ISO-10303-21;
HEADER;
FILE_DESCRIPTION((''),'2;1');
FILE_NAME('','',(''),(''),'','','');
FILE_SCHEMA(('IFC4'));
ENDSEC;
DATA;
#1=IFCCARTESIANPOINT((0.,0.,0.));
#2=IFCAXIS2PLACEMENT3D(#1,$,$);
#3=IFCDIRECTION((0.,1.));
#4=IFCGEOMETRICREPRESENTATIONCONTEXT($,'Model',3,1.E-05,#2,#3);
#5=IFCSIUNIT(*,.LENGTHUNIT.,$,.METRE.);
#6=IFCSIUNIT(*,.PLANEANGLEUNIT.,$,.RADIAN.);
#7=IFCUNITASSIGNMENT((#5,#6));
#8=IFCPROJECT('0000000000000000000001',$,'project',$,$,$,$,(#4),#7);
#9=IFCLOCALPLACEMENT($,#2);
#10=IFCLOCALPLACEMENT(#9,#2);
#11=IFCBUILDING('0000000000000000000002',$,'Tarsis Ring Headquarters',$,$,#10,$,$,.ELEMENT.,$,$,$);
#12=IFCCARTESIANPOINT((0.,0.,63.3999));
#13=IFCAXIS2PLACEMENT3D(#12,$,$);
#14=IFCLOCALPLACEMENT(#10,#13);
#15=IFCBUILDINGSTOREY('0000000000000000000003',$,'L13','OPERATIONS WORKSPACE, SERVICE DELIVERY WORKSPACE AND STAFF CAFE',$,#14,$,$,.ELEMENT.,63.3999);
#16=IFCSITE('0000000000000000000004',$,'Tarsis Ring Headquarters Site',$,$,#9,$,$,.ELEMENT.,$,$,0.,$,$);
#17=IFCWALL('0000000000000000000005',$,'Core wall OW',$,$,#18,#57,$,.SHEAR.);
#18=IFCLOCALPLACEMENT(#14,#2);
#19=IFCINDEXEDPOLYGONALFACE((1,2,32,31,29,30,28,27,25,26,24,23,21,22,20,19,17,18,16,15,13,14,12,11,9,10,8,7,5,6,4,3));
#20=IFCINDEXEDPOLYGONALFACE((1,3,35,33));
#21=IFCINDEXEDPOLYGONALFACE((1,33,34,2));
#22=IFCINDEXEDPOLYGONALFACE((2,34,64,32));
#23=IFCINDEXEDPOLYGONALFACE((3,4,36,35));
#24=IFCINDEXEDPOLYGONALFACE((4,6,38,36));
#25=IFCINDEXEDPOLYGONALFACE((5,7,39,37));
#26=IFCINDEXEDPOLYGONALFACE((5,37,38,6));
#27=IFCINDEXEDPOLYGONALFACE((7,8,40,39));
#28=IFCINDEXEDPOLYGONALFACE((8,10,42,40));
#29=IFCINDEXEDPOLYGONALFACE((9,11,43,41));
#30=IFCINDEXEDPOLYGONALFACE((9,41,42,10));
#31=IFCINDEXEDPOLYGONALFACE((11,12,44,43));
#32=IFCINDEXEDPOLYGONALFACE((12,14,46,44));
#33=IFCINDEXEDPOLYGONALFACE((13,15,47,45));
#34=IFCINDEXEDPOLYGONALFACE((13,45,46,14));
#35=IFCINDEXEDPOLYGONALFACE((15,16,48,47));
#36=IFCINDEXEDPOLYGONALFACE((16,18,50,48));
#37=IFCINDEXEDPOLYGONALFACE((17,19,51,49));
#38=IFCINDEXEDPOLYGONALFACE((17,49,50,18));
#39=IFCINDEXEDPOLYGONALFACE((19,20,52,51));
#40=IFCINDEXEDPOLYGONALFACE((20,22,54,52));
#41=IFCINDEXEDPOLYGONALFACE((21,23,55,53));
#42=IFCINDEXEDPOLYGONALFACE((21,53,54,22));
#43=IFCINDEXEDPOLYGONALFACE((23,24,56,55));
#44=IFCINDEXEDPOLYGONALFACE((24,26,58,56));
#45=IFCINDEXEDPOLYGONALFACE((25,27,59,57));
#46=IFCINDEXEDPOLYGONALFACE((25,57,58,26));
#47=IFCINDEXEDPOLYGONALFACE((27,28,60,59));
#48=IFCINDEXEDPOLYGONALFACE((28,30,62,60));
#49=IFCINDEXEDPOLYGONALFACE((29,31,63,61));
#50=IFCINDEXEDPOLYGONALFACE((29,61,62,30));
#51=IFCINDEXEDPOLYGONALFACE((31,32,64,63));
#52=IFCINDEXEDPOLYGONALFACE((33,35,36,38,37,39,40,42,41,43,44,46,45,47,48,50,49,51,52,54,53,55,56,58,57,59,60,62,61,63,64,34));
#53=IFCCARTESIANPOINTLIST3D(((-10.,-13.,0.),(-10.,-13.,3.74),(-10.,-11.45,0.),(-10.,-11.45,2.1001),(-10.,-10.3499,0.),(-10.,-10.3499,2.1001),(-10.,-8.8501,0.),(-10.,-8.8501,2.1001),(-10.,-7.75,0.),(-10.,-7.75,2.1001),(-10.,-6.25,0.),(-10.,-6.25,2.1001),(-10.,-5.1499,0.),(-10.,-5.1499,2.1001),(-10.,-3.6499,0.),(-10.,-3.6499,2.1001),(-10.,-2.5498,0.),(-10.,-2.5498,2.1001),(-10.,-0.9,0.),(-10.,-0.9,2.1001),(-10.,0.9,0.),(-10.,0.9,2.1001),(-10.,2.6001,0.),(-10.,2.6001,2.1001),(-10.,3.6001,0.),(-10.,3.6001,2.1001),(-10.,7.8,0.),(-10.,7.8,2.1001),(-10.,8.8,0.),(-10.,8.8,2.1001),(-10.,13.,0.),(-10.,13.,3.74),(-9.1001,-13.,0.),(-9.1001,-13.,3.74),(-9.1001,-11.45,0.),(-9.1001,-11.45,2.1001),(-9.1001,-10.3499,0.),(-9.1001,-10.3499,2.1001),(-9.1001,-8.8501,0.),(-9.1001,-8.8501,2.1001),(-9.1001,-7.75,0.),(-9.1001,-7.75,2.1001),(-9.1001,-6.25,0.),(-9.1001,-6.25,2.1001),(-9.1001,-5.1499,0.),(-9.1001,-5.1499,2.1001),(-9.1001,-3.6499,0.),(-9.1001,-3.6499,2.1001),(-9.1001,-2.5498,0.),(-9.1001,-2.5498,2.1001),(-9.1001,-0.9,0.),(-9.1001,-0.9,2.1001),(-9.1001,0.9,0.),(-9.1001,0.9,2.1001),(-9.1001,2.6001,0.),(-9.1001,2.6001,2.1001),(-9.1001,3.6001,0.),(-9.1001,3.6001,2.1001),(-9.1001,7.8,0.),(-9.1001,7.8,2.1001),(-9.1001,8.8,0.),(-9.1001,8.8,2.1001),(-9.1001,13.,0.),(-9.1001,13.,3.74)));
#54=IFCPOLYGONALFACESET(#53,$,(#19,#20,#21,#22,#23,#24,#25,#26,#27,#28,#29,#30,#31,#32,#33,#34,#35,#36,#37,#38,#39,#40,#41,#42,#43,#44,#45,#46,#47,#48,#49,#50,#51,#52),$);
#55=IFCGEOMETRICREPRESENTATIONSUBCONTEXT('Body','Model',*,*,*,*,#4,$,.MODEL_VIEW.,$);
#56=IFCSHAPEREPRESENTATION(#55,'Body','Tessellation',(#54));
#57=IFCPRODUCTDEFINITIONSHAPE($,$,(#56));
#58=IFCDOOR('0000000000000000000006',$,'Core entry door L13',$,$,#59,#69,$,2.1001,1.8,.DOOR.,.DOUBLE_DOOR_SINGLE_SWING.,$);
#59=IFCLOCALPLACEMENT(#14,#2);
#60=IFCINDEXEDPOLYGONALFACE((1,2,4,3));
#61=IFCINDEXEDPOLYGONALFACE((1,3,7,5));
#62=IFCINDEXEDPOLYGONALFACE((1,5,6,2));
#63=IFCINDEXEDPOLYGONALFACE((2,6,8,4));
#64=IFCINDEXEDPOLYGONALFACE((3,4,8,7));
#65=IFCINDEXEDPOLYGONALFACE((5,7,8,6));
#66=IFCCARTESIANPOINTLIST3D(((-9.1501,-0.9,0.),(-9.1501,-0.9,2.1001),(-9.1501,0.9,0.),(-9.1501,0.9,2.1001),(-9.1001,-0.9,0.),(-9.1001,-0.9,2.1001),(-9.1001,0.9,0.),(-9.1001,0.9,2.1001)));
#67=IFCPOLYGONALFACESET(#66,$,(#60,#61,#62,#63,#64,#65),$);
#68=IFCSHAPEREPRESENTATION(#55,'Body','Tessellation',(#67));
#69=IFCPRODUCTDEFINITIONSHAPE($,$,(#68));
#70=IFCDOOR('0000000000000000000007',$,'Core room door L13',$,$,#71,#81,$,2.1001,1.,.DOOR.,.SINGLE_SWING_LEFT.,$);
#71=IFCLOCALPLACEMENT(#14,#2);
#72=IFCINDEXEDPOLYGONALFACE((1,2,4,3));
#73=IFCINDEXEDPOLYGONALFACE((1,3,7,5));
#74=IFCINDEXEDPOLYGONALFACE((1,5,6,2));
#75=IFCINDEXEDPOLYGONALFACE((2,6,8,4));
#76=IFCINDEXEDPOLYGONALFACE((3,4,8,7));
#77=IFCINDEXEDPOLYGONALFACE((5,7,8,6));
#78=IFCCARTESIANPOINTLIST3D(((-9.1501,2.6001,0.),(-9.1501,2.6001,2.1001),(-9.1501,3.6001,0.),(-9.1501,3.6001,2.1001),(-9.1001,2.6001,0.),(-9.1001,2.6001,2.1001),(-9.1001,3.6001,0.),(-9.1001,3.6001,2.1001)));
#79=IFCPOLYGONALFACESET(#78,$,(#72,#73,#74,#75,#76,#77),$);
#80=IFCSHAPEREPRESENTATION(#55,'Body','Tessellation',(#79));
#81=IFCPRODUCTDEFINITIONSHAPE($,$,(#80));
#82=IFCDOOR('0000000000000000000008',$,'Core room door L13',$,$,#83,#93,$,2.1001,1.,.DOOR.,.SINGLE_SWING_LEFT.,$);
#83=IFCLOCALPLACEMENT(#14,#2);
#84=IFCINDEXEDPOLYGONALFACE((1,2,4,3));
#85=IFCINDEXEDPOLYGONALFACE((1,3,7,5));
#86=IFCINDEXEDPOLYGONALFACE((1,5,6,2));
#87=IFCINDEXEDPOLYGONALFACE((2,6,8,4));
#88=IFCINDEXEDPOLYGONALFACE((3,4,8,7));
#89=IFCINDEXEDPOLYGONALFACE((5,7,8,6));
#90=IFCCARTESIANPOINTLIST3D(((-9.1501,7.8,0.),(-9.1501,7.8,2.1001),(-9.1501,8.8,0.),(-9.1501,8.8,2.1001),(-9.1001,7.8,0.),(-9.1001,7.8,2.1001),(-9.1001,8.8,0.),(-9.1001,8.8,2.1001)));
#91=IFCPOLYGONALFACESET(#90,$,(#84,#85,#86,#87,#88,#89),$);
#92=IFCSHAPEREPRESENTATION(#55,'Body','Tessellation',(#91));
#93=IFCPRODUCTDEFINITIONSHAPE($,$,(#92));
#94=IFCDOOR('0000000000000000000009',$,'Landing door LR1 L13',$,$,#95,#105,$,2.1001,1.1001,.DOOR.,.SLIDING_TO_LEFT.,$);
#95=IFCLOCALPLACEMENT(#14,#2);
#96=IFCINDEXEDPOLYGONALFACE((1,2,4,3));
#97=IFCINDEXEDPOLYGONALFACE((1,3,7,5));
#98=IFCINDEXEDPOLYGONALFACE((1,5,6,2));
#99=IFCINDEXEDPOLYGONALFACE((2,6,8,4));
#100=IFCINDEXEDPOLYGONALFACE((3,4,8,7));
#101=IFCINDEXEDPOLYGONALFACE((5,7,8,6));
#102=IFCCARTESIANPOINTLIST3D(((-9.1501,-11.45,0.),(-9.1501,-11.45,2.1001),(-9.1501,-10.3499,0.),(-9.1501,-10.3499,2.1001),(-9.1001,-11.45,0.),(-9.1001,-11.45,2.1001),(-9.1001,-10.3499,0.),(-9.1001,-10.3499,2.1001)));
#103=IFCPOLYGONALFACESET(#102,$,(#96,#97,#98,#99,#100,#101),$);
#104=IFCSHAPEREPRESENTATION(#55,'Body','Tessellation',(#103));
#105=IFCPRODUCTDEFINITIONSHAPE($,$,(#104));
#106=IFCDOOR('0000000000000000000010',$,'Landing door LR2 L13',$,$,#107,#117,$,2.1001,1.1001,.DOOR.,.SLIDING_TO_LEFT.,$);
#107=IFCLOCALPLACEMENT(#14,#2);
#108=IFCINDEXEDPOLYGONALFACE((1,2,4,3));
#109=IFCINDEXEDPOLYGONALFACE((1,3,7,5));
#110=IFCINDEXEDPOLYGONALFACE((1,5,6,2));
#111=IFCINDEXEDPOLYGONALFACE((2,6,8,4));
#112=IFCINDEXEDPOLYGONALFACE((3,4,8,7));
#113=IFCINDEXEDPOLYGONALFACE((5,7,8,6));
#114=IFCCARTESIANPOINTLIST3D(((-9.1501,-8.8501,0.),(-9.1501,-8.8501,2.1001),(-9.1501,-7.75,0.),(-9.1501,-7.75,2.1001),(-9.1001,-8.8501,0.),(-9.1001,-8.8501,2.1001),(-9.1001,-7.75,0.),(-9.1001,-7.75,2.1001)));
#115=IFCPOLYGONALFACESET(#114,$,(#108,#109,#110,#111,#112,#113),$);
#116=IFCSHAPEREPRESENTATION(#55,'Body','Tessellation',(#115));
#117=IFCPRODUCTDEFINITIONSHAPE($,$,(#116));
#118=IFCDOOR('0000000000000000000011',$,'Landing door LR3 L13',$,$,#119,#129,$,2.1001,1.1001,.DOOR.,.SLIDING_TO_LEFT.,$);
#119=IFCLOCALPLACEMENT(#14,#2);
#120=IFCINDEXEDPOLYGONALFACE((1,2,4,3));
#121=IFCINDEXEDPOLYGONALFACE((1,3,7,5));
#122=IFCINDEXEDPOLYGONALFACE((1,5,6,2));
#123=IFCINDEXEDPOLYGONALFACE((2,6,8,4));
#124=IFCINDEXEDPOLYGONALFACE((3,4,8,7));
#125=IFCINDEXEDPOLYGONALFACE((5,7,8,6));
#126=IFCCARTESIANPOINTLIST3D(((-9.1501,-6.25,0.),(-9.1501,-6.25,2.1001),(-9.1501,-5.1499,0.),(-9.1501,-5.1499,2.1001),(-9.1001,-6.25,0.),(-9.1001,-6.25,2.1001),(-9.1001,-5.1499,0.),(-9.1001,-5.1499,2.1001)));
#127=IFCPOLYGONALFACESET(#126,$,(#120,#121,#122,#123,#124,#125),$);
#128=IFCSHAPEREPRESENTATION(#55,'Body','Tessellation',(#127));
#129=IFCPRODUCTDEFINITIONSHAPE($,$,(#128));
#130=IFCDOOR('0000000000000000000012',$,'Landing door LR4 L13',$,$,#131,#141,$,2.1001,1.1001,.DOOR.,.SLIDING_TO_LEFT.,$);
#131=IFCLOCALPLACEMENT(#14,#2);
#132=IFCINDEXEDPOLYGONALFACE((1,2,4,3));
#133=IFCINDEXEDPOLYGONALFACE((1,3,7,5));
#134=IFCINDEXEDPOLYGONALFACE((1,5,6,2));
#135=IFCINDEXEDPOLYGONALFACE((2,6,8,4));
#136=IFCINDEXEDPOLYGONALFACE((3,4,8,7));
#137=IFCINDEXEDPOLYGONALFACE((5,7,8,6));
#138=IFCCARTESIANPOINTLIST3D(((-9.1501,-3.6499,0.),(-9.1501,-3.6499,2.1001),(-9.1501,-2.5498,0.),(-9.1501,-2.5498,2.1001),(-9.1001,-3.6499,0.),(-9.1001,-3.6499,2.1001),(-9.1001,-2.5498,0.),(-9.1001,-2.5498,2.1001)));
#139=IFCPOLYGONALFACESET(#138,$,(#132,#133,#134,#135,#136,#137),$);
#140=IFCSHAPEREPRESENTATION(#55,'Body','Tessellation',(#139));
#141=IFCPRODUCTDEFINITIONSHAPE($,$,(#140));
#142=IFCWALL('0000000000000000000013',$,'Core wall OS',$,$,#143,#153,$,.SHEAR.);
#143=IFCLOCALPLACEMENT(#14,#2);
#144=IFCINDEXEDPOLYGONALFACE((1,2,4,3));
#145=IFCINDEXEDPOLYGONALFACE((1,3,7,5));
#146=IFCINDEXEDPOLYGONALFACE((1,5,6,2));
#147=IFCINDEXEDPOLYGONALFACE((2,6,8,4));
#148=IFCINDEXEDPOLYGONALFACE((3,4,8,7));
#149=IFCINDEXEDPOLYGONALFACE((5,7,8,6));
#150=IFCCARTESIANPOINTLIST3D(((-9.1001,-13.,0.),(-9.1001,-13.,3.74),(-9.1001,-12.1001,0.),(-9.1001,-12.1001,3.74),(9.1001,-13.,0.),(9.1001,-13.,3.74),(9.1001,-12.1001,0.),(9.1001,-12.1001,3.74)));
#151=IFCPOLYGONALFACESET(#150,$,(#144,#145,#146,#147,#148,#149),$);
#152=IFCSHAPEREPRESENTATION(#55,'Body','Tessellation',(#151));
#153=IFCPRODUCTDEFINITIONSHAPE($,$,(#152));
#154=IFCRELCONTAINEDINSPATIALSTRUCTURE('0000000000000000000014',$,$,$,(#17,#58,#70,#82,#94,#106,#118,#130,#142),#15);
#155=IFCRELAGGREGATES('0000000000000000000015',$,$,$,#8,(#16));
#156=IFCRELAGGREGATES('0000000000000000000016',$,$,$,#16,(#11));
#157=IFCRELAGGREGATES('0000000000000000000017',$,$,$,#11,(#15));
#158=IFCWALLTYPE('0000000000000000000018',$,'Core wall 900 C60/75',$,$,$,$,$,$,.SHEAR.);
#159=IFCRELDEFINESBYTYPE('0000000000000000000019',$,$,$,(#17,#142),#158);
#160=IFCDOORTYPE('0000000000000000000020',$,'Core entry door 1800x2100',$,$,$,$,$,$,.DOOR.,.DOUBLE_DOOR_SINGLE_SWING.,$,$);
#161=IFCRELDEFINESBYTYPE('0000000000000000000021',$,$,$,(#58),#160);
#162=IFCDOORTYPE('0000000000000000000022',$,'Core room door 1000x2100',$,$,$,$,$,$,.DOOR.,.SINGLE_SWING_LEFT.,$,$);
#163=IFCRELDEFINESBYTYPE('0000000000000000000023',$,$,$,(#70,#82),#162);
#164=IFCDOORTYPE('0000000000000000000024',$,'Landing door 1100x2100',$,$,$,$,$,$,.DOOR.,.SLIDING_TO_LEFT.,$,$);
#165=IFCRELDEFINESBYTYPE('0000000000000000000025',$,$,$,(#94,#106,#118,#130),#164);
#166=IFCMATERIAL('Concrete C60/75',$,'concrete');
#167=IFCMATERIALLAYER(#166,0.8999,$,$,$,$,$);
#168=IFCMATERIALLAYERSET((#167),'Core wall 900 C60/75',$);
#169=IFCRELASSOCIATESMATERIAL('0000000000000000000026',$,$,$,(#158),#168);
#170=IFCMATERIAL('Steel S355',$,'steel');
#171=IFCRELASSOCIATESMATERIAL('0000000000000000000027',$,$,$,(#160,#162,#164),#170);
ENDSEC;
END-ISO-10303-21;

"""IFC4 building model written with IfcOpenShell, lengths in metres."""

from ifc_helpers import new_model, si_unit, direction, frame, frame_2d, origin, place, context, subcontext, project, spatial, rectangle, extrude, material, layer, layer_set, type_object, element, fill, save


model = new_model("IFC4")

# Units and contexts
model_context = context("Model", 3, precision=1e-05, world=origin(), true_north=direction((0.0, 1.0)))
body_context = subcontext(model_context, "Body", "Model", "MODEL_VIEW")
ifc_project = project(units=[si_unit("LENGTHUNIT", "METRE"), si_unit("PLANEANGLEUNIT", "RADIAN")], contexts=[model_context])

# Site, building, storey
site_placement = place(None, origin())
site = spatial("IfcSite", under=ifc_project, at=site_placement, Name="Tarsis Ring Headquarters Site", CompositionType="ELEMENT", RefElevation=0.0)
building_placement = place(site_placement, origin())
building = spatial("IfcBuilding", under=site, at=building_placement, Name="Tarsis Ring Headquarters", CompositionType="ELEMENT")
storey_placement = place(building_placement, frame((0.0, 0.0, 63.3999)))
storey = spatial("IfcBuildingStorey", under=building, at=storey_placement, Name="L13", Description="OPERATIONS WORKSPACE, SERVICE DELIVERY WORKSPACE AND STAFF CAFE", CompositionType="ELEMENT", Elevation=63.3999)

# Wall, openings, doors
ifc_material_1 = material(Name="Concrete C60/75", Category="concrete")
ifc_layer_1 = layer(ifc_material_1, 0.8999)
ifc_layer_set_1 = layer_set([ifc_layer_1], Name="Core wall 900 C60/75")
wall_type_1 = type_object("IfcWallType", Name="Core wall 900 C60/75", PredefinedType="SHEAR", material=ifc_layer_set_1)
wall_1_placement = place(storey_placement, frame((-9.55, -13.0, 0.0), z_axis=(0.0, 0.0, 1.0), x_axis=(0.0, 1.0, 0.0)))
wall_1 = element("IfcWall", 1, at=wall_1_placement, inside=storey, type_object=wall_type_1, Name="Core wall OW", PredefinedType="SHEAR", context=body_context, shape_type="SweptSolid", body=[
    extrude(rectangle(XDim=26.0, YDim=0.8999, at=frame_2d((13.0, 0.0))), origin(), (0.0, 0.0, 1.0), 3.74),
])
opening_1_placement = place(wall_1_placement, frame((1.55, 0.0, 0.0)))
opening_1 = element("IfcOpeningElement", 2, at=opening_1_placement, cuts=wall_1, PredefinedType="OPENING", context=body_context, shape_type="SweptSolid", body=[
    extrude(rectangle(XDim=1.1001, YDim=2.1001, at=frame_2d((0.55, 1.05))), frame((0.0, 0.46, 0.0), z_axis=(0.0, -1.0, 0.0), x_axis=(1.0, 0.0, 0.0)), (0.0, 0.0, 1.0), 0.9199),
])
opening_2_placement = place(wall_1_placement, frame((4.1499, 0.0, 0.0)))
opening_2 = element("IfcOpeningElement", 3, at=opening_2_placement, cuts=wall_1, PredefinedType="OPENING", context=body_context, shape_type="SweptSolid", body=[
    extrude(rectangle(XDim=1.1001, YDim=2.1001, at=frame_2d((0.55, 1.05))), frame((0.0, 0.46, 0.0), z_axis=(0.0, -1.0, 0.0), x_axis=(1.0, 0.0, 0.0)), (0.0, 0.0, 1.0), 0.9199),
])
opening_3_placement = place(wall_1_placement, frame((6.75, 0.0, 0.0)))
opening_3 = element("IfcOpeningElement", 4, at=opening_3_placement, cuts=wall_1, PredefinedType="OPENING", context=body_context, shape_type="SweptSolid", body=[
    extrude(rectangle(XDim=1.1001, YDim=2.1001, at=frame_2d((0.55, 1.05))), frame((0.0, 0.46, 0.0), z_axis=(0.0, -1.0, 0.0), x_axis=(1.0, 0.0, 0.0)), (0.0, 0.0, 1.0), 0.9199),
])
opening_4_placement = place(wall_1_placement, frame((9.3501, 0.0, 0.0)))
opening_4 = element("IfcOpeningElement", 5, at=opening_4_placement, cuts=wall_1, PredefinedType="OPENING", context=body_context, shape_type="SweptSolid", body=[
    extrude(rectangle(XDim=1.1001, YDim=2.1001, at=frame_2d((0.55, 1.05))), frame((0.0, 0.46, 0.0), z_axis=(0.0, -1.0, 0.0), x_axis=(1.0, 0.0, 0.0)), (0.0, 0.0, 1.0), 0.9199),
])
opening_5_placement = place(wall_1_placement, frame((12.1001, 0.0, 0.0)))
opening_5 = element("IfcOpeningElement", 6, at=opening_5_placement, cuts=wall_1, PredefinedType="OPENING", context=body_context, shape_type="SweptSolid", body=[
    extrude(rectangle(XDim=1.8, YDim=2.1001, at=frame_2d((0.8999, 1.05))), frame((0.0, 0.46, 0.0), z_axis=(0.0, -1.0, 0.0), x_axis=(1.0, 0.0, 0.0)), (0.0, 0.0, 1.0), 0.9199),
])
opening_6_placement = place(wall_1_placement, frame((15.6001, 0.0, 0.0)))
opening_6 = element("IfcOpeningElement", 7, at=opening_6_placement, cuts=wall_1, PredefinedType="OPENING", context=body_context, shape_type="SweptSolid", body=[
    extrude(rectangle(XDim=1.0, YDim=2.1001, at=frame_2d((0.5, 1.05))), frame((0.0, 0.46, 0.0), z_axis=(0.0, -1.0, 0.0), x_axis=(1.0, 0.0, 0.0)), (0.0, 0.0, 1.0), 0.9199),
])
opening_7_placement = place(wall_1_placement, frame((20.8, 0.0, 0.0)))
opening_7 = element("IfcOpeningElement", 8, at=opening_7_placement, cuts=wall_1, PredefinedType="OPENING", context=body_context, shape_type="SweptSolid", body=[
    extrude(rectangle(XDim=1.0, YDim=2.1001, at=frame_2d((0.5, 1.05))), frame((0.0, 0.46, 0.0), z_axis=(0.0, -1.0, 0.0), x_axis=(1.0, 0.0, 0.0)), (0.0, 0.0, 1.0), 0.9199),
])
ifc_material_2 = material(Name="Steel S355", Category="steel")
door_type_1 = type_object("IfcDoorType", Name="Core entry door 1800x2100", OperationType="DOUBLE_DOOR_SINGLE_SWING", PredefinedType="DOOR", material=ifc_material_2)
door_1_placement = place(opening_5_placement, origin())
door_1 = element("IfcDoor", 9, at=door_1_placement, inside=storey, type_object=door_type_1, Name="Core entry door L13", OperationType="DOUBLE_DOOR_SINGLE_SWING", OverallHeight=2.1001, OverallWidth=1.8, PredefinedType="DOOR", context=body_context, shape_type="SweptSolid", body=[
    extrude(rectangle(XDim=1.8, YDim=2.1001, at=frame_2d((0.8999, 1.05))), frame((0.0, -0.3999, 0.0), z_axis=(0.0, -1.0, 0.0), x_axis=(1.0, 0.0, 0.0)), (0.0, 0.0, 1.0), 0.05),
])
fill(opening_5, door_1)
door_type_2 = type_object("IfcDoorType", Name="Core room door 1000x2100", OperationType="SINGLE_SWING_LEFT", PredefinedType="DOOR", material=ifc_material_2)
door_2_placement = place(opening_6_placement, origin())
door_2 = element("IfcDoor", 10, at=door_2_placement, inside=storey, type_object=door_type_2, Name="Core room door L13", OperationType="SINGLE_SWING_LEFT", OverallHeight=2.1001, OverallWidth=1.0, PredefinedType="DOOR", context=body_context, shape_type="SweptSolid", body=[
    extrude(rectangle(XDim=1.0, YDim=2.1001, at=frame_2d((0.5, 1.05))), frame((0.0, -0.3999, 0.0), z_axis=(0.0, -1.0, 0.0), x_axis=(1.0, 0.0, 0.0)), (0.0, 0.0, 1.0), 0.05),
])
fill(opening_6, door_2)
door_3_placement = place(opening_7_placement, origin())
door_3 = element("IfcDoor", 11, at=door_3_placement, inside=storey, type_object=door_type_2, Name="Core room door L13", OperationType="SINGLE_SWING_LEFT", OverallHeight=2.1001, OverallWidth=1.0, PredefinedType="DOOR", context=body_context, shape_type="SweptSolid", body=[
    extrude(rectangle(XDim=1.0, YDim=2.1001, at=frame_2d((0.5, 1.05))), frame((0.0, -0.3999, 0.0), z_axis=(0.0, -1.0, 0.0), x_axis=(1.0, 0.0, 0.0)), (0.0, 0.0, 1.0), 0.05),
])
fill(opening_7, door_3)
door_type_3 = type_object("IfcDoorType", Name="Landing door 1100x2100", OperationType="SLIDING_TO_LEFT", PredefinedType="DOOR", material=ifc_material_2)
door_4_placement = place(opening_1_placement, origin())
door_4 = element("IfcDoor", 12, at=door_4_placement, inside=storey, type_object=door_type_3, Name="Landing door LR1 L13", OperationType="SLIDING_TO_LEFT", OverallHeight=2.1001, OverallWidth=1.1001, PredefinedType="DOOR", context=body_context, shape_type="SweptSolid", body=[
    extrude(rectangle(XDim=1.1001, YDim=2.1001, at=frame_2d((0.55, 1.05))), frame((0.0, -0.3999, 0.0), z_axis=(0.0, -1.0, 0.0), x_axis=(1.0, 0.0, 0.0)), (0.0, 0.0, 1.0), 0.05),
])
fill(opening_1, door_4)
door_5_placement = place(opening_2_placement, origin())
door_5 = element("IfcDoor", 13, at=door_5_placement, inside=storey, type_object=door_type_3, Name="Landing door LR2 L13", OperationType="SLIDING_TO_LEFT", OverallHeight=2.1001, OverallWidth=1.1001, PredefinedType="DOOR", context=body_context, shape_type="SweptSolid", body=[
    extrude(rectangle(XDim=1.1001, YDim=2.1001, at=frame_2d((0.55, 1.05))), frame((0.0, -0.3999, 0.0), z_axis=(0.0, -1.0, 0.0), x_axis=(1.0, 0.0, 0.0)), (0.0, 0.0, 1.0), 0.05),
])
fill(opening_2, door_5)
door_6_placement = place(opening_3_placement, origin())
door_6 = element("IfcDoor", 14, at=door_6_placement, inside=storey, type_object=door_type_3, Name="Landing door LR3 L13", OperationType="SLIDING_TO_LEFT", OverallHeight=2.1001, OverallWidth=1.1001, PredefinedType="DOOR", context=body_context, shape_type="SweptSolid", body=[
    extrude(rectangle(XDim=1.1001, YDim=2.1001, at=frame_2d((0.55, 1.05))), frame((0.0, -0.3999, 0.0), z_axis=(0.0, -1.0, 0.0), x_axis=(1.0, 0.0, 0.0)), (0.0, 0.0, 1.0), 0.05),
])
fill(opening_3, door_6)
door_7_placement = place(opening_4_placement, origin())
door_7 = element("IfcDoor", 15, at=door_7_placement, inside=storey, type_object=door_type_3, Name="Landing door LR4 L13", OperationType="SLIDING_TO_LEFT", OverallHeight=2.1001, OverallWidth=1.1001, PredefinedType="DOOR", context=body_context, shape_type="SweptSolid", body=[
    extrude(rectangle(XDim=1.1001, YDim=2.1001, at=frame_2d((0.55, 1.05))), frame((0.0, -0.3999, 0.0), z_axis=(0.0, -1.0, 0.0), x_axis=(1.0, 0.0, 0.0)), (0.0, 0.0, 1.0), 0.05),
])
fill(opening_4, door_7)

# Wall
wall_2_placement = place(storey_placement, frame((-9.1001, -12.55, 0.0), z_axis=(0.0, 0.0, 1.0), x_axis=(1.0, 0.0, 0.0)))
element("IfcWall", 16, at=wall_2_placement, inside=storey, type_object=wall_type_1, Name="Core wall OS", PredefinedType="SHEAR", context=body_context, shape_type="SweptSolid", body=[
    extrude(rectangle(XDim=18.2002, YDim=0.8999, at=frame_2d((9.1001, 0.0))), origin(), (0.0, 0.0, 1.0), 3.74),
])

save(model, "model.ifc")
